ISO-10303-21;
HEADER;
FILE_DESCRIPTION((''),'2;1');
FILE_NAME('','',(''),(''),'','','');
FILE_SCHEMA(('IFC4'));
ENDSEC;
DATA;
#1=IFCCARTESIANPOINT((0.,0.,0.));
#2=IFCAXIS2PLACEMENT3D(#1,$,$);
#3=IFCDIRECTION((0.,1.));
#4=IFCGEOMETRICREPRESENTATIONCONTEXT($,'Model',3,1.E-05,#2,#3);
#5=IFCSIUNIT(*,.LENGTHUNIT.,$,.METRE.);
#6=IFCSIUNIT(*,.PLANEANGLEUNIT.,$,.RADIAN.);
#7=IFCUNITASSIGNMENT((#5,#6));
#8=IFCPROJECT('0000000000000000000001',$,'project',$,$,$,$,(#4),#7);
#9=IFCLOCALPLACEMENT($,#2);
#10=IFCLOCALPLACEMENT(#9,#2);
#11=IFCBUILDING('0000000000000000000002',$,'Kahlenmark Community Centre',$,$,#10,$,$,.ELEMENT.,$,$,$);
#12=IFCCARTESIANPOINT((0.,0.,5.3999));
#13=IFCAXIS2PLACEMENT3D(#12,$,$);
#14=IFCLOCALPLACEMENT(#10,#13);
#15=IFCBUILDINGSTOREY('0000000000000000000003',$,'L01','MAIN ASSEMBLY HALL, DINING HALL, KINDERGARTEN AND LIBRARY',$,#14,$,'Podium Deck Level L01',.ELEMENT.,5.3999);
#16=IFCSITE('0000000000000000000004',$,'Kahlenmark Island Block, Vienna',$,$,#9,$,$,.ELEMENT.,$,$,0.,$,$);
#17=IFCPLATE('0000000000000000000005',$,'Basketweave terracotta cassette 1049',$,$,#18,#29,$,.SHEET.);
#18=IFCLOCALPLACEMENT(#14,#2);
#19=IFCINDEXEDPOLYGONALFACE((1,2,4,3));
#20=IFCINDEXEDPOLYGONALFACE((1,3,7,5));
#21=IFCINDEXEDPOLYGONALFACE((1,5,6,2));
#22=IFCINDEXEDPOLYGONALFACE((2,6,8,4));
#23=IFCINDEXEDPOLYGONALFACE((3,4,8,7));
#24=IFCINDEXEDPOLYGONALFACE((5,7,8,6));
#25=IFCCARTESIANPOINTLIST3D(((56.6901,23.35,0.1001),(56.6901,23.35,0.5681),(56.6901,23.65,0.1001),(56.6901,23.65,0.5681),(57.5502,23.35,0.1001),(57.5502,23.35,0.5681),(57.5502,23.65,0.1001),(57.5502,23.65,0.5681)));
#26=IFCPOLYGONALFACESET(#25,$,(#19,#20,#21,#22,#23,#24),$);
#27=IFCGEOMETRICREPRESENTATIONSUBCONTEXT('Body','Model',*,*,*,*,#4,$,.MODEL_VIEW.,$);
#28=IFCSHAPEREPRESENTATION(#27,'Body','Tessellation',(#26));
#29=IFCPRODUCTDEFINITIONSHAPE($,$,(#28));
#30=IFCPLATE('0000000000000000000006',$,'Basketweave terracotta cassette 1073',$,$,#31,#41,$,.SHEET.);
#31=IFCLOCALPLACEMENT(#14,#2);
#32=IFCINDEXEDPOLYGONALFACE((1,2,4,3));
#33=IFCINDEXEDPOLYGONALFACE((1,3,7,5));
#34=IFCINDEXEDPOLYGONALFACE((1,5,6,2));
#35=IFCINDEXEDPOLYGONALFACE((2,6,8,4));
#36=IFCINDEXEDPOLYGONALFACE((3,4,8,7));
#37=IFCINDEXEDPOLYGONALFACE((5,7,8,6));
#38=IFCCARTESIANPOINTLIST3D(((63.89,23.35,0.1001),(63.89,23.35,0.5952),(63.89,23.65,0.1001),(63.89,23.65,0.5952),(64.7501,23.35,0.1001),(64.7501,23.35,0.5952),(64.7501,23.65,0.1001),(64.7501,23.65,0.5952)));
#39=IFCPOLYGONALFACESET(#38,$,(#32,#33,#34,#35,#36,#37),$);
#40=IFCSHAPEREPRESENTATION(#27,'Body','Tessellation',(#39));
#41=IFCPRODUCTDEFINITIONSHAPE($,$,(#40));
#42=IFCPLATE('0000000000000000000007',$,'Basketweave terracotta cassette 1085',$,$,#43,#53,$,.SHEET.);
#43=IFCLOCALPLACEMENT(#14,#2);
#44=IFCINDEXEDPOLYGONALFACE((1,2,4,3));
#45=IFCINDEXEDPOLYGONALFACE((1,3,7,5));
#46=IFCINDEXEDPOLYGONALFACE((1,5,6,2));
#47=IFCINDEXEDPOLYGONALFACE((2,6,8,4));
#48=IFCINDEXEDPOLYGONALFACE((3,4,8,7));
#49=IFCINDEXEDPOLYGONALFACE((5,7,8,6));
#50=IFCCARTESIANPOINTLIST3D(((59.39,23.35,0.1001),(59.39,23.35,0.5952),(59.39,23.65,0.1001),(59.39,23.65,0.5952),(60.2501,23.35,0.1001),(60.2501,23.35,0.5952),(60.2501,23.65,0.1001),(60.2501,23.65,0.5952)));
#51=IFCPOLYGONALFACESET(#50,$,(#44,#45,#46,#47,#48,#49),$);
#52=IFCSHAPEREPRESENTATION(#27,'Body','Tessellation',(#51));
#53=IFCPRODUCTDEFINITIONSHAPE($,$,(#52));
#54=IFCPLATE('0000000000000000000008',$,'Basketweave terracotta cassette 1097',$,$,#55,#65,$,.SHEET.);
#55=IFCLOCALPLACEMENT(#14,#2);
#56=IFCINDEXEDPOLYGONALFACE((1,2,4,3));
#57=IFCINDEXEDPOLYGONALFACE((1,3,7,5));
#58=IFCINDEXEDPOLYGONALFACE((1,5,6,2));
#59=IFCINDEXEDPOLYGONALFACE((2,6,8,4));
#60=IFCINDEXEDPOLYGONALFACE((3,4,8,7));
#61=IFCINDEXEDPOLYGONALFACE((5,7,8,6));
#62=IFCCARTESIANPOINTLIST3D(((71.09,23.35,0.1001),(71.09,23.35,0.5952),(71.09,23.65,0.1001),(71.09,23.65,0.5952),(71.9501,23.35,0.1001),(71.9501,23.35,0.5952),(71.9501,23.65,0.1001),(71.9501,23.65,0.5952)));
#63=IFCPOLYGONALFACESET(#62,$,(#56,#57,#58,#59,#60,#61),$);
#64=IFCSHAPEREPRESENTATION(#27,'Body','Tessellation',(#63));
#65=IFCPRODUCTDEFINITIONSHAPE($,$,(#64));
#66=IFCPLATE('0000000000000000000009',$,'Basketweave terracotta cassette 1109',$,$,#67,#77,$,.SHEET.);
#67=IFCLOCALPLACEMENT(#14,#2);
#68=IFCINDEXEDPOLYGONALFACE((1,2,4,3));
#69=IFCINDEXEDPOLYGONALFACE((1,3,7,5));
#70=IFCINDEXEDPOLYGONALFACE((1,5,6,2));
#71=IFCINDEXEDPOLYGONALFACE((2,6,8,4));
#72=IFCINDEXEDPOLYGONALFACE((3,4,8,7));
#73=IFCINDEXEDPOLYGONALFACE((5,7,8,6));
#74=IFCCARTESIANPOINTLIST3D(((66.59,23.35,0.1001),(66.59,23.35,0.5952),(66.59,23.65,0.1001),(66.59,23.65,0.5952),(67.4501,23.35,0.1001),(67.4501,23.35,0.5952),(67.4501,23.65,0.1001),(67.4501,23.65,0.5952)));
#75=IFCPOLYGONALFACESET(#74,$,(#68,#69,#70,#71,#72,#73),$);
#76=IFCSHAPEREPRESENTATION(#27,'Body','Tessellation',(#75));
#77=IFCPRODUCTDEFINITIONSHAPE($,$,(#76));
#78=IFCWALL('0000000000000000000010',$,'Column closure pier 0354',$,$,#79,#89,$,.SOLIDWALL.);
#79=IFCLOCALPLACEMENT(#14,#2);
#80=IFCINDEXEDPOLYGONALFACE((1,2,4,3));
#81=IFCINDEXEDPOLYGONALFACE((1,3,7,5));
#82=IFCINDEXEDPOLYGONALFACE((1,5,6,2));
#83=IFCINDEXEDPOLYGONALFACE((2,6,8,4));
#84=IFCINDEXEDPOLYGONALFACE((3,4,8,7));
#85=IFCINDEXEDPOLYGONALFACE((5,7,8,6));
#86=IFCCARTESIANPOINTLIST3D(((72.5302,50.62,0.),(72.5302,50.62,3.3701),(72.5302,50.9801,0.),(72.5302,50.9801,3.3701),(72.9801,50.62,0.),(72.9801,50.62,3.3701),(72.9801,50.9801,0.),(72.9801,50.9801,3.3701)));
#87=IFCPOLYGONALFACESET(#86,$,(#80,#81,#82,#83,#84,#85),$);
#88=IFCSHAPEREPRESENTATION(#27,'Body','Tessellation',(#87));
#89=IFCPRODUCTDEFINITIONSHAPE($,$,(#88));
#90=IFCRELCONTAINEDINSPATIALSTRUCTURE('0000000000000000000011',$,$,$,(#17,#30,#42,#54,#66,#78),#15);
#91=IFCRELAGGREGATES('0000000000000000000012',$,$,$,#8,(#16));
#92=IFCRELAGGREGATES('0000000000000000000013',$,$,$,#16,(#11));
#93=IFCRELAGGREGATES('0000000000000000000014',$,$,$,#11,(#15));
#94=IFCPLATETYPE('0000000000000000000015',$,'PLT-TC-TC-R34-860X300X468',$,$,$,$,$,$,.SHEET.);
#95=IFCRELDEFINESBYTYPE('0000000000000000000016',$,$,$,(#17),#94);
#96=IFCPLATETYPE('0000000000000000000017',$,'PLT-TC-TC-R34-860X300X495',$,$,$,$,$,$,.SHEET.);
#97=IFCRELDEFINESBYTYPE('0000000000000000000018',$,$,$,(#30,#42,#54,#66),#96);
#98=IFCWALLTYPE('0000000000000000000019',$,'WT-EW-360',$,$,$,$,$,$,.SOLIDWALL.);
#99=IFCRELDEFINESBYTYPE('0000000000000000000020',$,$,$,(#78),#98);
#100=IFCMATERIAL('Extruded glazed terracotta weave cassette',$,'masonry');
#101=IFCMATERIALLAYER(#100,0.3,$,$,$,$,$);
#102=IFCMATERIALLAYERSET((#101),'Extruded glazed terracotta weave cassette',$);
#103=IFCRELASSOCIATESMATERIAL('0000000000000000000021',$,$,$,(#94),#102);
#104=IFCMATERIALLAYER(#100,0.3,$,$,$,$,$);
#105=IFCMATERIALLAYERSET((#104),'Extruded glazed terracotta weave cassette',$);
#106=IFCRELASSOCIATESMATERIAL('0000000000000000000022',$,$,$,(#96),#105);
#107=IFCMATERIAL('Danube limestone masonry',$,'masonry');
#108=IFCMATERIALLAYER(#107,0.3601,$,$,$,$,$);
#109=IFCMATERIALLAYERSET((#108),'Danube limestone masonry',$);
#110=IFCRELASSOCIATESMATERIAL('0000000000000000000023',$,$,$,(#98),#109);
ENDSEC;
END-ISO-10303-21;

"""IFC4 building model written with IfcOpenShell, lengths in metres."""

from ifc_helpers import new_model, si_unit, direction, frame, frame_2d, origin, origin_2d, place, context, subcontext, project, spatial, rectangle, extrude, material, layer, layer_set, type_object, element, save


model = new_model("IFC4")

# Units and contexts
model_context = context("Model", 3, precision=1e-05, world=origin(), true_north=direction((0.0, 1.0)))
body_context = subcontext(model_context, "Body", "Model", "MODEL_VIEW")
ifc_project = project(units=[si_unit("LENGTHUNIT", "METRE"), si_unit("PLANEANGLEUNIT", "RADIAN")], contexts=[model_context])

# Site, building, storey
site_placement = place(None, origin())
site = spatial("IfcSite", under=ifc_project, at=site_placement, Name="Kahlenmark Island Block, Vienna", CompositionType="ELEMENT", RefElevation=0.0)
building_placement = place(site_placement, origin())
building = spatial("IfcBuilding", under=site, at=building_placement, Name="Kahlenmark Community Centre", CompositionType="ELEMENT")
storey_placement = place(building_placement, frame((0.0, 0.0, 5.3999)))
storey = spatial("IfcBuildingStorey", under=building, at=storey_placement, Name="L01", Description="MAIN ASSEMBLY HALL, DINING HALL, KINDERGARTEN AND LIBRARY", LongName="Podium Deck Level L01", CompositionType="ELEMENT", Elevation=5.3999)

# Plates
ifc_material_1 = material(Name="Extruded glazed terracotta weave cassette", Category="masonry")
ifc_layer_1 = layer(ifc_material_1, 0.3)
ifc_layer_set_1 = layer_set([ifc_layer_1], Name="Extruded glazed terracotta weave cassette")
plate_type_1 = type_object("IfcPlateType", Name="PLT-TC-TC-R34-860X300X468", PredefinedType="SHEET", material=ifc_layer_set_1)
plate_1_placement = place(storey_placement, frame((57.1201, 23.5, 0.1001), z_axis=(0.0, 0.0, 1.0), x_axis=(-1.0, 0.0, 0.0)))
element("IfcPlate", 1, at=plate_1_placement, inside=storey, type_object=plate_type_1, Name="Basketweave terracotta cassette 1049", PredefinedType="SHEET", context=body_context, shape_type="SweptSolid", body=[
    extrude(rectangle(XDim=0.8601, YDim=0.3, at=origin_2d()), origin(), (0.0, 0.0, 1.0), 0.468),
])
ifc_layer_2 = layer(ifc_material_1, 0.3)
ifc_layer_set_2 = layer_set([ifc_layer_2], Name="Extruded glazed terracotta weave cassette")
plate_type_2 = type_object("IfcPlateType", Name="PLT-TC-TC-R34-860X300X495", PredefinedType="SHEET", material=ifc_layer_set_2)
for number, where, z_axis, x_axis, name in (
    (2, (64.3201, 23.5, 0.1001), (0.0, 0.0, 1.0), (-1.0, 0.0, 0.0), "Basketweave terracotta cassette 1073"),
    (3, (59.8201, 23.5, 0.1001), (0.0, 0.0, 1.0), (-1.0, 0.0, 0.0), "Basketweave terracotta cassette 1085"),
    (4, (71.52, 23.5, 0.1001), (0.0, 0.0, 1.0), (-1.0, 0.0, 0.0), "Basketweave terracotta cassette 1097"),
    (5, (67.02, 23.5, 0.1001), (0.0, 0.0, 1.0), (-1.0, 0.0, 0.0), "Basketweave terracotta cassette 1109"),
):
    element("IfcPlate", number, at=place(storey_placement, frame(where, z_axis=z_axis, x_axis=x_axis)), inside=storey, type_object=plate_type_2, Name=name, PredefinedType="SHEET", context=body_context, shape_type="SweptSolid", body=[
        extrude(rectangle(XDim=0.8601, YDim=0.3, at=origin_2d()), origin(), (0.0, 0.0, 1.0), 0.4951),
    ])

# Wall
ifc_material_2 = material(Name="Danube limestone masonry", Category="masonry")
ifc_layer_3 = layer(ifc_material_2, 0.3601)
ifc_layer_set_3 = layer_set([ifc_layer_3], Name="Danube limestone masonry")
wall_type = type_object("IfcWallType", Name="WT-EW-360", PredefinedType="SOLIDWALL", material=ifc_layer_set_3)
wall_placement = place(storey_placement, frame((72.53, 50.8, 0.0), z_axis=(0.0, 0.0, 1.0), x_axis=(1.0, 0.0, 0.0)))
element("IfcWall", 6, at=wall_placement, inside=storey, type_object=wall_type, Name="Column closure pier 0354", PredefinedType="SOLIDWALL", context=body_context, shape_type="SweptSolid", body=[
    extrude(rectangle(XDim=0.45, YDim=0.3601, at=frame_2d((0.2251, 0.0))), origin(), (0.0, 0.0, 1.0), 3.3701),
])

save(model, "model.ifc")
